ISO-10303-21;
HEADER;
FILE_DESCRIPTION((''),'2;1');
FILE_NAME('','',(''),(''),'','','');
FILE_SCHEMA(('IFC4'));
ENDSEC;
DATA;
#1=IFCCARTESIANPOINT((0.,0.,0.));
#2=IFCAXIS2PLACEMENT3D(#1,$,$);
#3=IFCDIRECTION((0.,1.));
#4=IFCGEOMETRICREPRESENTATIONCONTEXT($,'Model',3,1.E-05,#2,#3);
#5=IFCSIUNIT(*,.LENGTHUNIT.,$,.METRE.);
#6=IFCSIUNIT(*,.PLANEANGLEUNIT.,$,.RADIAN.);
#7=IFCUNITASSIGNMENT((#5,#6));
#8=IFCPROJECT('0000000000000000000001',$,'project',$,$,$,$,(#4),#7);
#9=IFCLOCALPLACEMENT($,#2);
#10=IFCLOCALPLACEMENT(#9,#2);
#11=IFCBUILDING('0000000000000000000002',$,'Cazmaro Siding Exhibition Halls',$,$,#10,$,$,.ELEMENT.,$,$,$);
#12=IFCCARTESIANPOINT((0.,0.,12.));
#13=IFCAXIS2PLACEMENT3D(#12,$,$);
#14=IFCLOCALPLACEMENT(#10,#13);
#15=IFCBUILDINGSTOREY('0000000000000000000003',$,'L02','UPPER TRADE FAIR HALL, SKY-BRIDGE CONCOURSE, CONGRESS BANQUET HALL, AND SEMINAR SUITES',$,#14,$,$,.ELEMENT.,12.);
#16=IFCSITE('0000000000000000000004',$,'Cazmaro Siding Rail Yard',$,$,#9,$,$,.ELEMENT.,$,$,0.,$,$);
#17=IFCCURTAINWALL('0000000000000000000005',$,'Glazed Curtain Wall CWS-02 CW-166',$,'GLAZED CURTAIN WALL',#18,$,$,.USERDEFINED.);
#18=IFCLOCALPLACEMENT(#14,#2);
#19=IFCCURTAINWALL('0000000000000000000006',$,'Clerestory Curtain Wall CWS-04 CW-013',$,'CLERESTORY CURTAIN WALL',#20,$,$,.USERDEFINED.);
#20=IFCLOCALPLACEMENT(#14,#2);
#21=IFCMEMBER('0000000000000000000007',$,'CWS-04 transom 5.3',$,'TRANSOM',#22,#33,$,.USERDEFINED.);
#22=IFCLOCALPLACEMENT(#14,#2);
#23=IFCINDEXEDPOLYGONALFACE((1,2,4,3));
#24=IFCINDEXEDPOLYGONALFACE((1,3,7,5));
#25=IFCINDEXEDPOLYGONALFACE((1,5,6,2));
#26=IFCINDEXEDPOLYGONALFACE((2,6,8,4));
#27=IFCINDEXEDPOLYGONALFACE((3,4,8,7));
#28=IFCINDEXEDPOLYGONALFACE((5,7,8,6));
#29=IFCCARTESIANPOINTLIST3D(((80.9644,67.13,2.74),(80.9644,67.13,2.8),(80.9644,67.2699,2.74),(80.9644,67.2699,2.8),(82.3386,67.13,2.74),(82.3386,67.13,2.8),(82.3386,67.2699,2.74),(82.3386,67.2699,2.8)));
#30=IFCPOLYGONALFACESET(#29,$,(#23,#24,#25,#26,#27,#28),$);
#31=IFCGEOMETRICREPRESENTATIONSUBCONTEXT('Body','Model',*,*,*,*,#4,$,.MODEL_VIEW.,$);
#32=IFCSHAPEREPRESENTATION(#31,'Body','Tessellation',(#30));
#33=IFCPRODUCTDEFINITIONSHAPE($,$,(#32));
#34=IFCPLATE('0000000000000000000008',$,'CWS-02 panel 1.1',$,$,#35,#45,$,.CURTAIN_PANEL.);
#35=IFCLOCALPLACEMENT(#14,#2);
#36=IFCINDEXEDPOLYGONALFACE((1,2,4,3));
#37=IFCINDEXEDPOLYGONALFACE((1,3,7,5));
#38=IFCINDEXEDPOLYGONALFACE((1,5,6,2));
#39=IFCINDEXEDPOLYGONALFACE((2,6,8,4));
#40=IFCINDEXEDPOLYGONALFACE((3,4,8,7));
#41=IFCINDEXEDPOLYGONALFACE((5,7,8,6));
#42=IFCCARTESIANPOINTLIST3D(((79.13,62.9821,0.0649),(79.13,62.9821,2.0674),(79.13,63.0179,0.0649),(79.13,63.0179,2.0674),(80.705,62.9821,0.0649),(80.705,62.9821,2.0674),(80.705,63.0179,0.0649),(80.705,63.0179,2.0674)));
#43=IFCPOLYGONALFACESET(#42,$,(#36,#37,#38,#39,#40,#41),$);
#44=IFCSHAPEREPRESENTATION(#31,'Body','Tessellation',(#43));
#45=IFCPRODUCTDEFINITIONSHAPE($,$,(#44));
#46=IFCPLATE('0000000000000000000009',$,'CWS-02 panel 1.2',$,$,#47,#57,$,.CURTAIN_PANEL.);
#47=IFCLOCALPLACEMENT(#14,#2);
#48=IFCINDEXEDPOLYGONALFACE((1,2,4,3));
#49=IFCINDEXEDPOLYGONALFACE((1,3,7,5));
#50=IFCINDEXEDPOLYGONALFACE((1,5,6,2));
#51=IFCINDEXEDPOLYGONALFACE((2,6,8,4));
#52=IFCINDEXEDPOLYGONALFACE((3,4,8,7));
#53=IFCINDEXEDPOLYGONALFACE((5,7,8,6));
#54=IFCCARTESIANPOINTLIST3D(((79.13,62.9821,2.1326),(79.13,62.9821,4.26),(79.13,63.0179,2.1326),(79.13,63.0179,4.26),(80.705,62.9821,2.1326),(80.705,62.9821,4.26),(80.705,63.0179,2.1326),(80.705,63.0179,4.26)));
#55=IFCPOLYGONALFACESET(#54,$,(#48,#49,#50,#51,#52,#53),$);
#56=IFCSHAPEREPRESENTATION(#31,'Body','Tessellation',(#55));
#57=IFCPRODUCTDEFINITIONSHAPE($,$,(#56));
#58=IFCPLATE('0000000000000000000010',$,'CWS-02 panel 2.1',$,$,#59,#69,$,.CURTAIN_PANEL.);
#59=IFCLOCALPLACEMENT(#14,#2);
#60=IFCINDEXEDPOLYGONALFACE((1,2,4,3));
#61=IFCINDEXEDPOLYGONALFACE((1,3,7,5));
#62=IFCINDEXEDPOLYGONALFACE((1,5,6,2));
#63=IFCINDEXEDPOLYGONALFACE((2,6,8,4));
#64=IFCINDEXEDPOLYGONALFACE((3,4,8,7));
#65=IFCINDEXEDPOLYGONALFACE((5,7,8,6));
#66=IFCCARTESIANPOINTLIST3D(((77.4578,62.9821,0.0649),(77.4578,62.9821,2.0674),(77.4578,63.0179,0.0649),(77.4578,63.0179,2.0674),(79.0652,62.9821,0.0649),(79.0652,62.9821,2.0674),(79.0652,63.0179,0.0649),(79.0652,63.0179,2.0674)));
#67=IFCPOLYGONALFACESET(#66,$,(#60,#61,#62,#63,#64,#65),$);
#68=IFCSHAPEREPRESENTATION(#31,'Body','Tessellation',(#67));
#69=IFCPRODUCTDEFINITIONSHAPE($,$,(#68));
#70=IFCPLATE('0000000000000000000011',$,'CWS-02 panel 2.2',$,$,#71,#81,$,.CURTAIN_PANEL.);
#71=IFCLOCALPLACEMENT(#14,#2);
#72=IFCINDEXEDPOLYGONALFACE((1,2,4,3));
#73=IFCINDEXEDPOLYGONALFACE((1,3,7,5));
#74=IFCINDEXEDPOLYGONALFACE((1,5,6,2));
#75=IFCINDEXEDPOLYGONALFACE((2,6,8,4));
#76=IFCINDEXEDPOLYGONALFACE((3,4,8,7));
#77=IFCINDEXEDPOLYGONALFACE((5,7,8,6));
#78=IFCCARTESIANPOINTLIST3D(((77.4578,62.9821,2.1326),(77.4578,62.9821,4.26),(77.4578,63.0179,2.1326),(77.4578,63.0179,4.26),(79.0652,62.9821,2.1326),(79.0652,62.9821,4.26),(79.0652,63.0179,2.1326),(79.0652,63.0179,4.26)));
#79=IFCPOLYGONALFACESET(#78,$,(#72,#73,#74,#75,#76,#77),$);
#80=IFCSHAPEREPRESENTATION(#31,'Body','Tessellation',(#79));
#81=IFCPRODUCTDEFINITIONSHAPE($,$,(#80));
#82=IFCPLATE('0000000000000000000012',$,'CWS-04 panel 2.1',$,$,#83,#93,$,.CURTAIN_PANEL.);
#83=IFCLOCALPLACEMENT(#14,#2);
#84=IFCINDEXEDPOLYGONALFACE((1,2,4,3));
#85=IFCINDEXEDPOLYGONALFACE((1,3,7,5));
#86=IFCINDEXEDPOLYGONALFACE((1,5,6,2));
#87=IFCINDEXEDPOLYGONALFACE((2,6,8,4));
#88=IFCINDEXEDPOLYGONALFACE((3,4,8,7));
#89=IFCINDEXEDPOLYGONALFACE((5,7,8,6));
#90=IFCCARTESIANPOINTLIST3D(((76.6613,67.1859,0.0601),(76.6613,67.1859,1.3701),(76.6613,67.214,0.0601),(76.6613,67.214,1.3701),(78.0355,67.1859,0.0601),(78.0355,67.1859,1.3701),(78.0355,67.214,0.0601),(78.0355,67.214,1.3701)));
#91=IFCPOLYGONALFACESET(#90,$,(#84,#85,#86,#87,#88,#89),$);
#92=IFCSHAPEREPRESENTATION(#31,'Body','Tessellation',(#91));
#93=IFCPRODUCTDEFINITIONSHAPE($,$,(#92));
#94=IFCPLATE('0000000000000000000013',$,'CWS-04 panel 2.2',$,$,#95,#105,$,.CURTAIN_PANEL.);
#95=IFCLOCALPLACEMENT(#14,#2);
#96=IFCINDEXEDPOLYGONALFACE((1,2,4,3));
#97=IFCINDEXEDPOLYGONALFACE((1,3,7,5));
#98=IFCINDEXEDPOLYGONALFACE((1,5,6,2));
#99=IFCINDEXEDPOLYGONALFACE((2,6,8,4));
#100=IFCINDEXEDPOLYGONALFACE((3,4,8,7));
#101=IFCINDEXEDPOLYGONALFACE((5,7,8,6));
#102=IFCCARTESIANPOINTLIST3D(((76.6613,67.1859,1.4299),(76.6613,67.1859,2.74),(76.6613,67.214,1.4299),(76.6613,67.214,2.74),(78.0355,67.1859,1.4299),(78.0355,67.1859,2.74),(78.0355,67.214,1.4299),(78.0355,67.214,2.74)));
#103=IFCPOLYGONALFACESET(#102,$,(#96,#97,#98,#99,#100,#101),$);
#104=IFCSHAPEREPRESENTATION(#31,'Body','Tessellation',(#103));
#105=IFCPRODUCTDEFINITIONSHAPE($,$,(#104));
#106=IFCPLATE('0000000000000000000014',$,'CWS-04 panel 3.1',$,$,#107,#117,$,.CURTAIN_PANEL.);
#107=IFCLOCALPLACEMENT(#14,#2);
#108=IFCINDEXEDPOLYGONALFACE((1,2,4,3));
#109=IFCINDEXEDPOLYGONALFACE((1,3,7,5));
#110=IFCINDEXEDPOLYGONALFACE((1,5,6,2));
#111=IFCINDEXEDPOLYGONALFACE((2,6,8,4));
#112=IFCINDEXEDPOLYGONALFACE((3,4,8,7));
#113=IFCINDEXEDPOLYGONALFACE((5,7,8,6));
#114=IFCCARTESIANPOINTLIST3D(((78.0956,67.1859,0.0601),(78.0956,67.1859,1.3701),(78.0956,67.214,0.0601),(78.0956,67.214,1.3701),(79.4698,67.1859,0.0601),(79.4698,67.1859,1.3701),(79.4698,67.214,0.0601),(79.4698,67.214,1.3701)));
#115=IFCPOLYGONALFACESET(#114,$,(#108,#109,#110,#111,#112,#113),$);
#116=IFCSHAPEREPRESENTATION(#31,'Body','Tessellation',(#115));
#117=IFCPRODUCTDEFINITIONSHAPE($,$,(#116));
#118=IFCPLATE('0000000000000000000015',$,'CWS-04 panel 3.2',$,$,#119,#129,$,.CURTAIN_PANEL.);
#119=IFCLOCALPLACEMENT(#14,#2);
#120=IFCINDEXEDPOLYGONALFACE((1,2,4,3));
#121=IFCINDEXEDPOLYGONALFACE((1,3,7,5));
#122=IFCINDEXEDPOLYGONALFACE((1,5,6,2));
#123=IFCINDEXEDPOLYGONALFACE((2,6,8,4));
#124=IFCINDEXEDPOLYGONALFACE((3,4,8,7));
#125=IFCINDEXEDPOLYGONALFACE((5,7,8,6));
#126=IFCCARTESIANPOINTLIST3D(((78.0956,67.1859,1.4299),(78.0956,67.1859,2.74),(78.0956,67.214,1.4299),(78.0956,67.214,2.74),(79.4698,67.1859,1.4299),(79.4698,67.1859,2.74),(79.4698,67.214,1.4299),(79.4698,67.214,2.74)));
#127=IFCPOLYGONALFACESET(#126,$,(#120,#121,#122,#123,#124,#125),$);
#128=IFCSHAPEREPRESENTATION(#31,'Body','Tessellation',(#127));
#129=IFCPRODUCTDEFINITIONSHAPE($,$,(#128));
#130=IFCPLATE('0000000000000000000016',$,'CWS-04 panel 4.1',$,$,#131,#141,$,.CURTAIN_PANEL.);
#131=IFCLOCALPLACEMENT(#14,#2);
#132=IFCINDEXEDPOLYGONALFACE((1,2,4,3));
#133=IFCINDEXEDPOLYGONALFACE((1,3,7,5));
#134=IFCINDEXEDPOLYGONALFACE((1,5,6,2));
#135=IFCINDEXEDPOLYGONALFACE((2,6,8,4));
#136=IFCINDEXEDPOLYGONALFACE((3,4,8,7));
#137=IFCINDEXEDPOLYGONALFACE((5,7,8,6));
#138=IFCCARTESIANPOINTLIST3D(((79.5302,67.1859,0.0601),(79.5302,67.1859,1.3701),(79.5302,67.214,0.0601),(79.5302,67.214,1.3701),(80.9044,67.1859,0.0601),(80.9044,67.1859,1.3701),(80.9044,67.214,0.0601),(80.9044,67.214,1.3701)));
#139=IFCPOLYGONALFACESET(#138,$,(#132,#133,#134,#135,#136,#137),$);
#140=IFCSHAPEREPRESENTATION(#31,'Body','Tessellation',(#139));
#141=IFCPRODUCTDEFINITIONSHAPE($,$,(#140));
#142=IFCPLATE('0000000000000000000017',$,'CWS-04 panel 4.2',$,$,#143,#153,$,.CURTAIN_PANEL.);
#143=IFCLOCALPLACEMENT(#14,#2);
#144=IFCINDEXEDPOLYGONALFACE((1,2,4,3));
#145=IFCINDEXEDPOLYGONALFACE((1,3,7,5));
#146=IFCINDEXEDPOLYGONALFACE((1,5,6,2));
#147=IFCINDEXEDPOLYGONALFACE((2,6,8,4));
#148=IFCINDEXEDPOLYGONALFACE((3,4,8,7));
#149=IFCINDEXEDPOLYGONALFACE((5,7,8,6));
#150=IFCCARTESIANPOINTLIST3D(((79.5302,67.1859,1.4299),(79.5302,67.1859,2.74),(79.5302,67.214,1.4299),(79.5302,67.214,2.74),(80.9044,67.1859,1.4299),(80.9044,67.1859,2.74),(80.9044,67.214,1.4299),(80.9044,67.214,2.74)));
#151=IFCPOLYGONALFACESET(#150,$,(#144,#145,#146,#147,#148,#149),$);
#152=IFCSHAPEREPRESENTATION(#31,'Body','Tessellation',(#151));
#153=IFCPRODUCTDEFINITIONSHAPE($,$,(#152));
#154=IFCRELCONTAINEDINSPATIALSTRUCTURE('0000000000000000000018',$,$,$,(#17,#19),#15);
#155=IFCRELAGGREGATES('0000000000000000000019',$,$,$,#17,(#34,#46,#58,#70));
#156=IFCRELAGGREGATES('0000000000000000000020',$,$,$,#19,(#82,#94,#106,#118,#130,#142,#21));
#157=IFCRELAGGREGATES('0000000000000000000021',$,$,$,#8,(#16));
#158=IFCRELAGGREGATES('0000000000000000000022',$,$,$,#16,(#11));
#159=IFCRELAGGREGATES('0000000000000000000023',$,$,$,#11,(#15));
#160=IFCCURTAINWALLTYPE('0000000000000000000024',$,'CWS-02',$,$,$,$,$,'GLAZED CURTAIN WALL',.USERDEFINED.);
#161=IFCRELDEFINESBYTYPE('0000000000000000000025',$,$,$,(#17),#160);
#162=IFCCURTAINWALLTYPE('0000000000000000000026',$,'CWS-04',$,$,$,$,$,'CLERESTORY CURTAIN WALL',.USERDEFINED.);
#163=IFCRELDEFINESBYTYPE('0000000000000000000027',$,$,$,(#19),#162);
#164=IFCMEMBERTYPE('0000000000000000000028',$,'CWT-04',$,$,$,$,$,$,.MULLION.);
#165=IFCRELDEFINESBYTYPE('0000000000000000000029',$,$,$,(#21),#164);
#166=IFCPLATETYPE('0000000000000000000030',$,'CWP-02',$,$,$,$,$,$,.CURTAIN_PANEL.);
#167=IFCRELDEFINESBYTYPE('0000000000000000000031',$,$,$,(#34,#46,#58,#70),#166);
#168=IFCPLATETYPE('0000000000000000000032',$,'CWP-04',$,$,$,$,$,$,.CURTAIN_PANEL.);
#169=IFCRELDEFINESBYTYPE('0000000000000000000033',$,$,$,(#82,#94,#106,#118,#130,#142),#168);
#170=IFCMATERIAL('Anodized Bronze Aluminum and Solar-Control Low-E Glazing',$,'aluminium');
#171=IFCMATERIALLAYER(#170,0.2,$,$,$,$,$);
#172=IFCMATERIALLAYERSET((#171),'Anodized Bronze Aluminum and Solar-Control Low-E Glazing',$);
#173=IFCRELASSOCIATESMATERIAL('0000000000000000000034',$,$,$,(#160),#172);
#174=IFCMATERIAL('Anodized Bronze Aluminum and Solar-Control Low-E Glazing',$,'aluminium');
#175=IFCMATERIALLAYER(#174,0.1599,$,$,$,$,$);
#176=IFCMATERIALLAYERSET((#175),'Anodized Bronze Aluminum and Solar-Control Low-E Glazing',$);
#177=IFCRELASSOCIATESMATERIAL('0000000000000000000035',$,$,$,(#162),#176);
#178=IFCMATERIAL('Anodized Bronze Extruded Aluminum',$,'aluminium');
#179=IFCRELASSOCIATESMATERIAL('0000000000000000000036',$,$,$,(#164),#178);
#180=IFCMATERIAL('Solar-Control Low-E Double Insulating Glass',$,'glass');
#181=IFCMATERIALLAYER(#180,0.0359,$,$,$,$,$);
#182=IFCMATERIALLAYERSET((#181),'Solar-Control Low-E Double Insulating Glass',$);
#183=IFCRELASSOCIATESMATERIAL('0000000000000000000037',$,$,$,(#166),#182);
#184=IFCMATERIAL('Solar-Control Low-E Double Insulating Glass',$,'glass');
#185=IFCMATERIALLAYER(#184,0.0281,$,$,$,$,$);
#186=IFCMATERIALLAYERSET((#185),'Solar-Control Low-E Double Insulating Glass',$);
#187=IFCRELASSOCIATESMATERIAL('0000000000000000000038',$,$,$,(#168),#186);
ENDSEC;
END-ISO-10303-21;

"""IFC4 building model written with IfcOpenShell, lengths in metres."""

from ifc_helpers import new_model, si_unit, direction, frame, origin, origin_2d, place, context, subcontext, project, spatial, rectangle, extrude, material, layer, layer_set, material_profile, profile_set, type_object, element, aggregate, save


model = new_model("IFC4")

# Units and contexts
model_context = context("Model", 3, precision=1e-05, world=origin(), true_north=direction((0.0, 1.0)))
body_context = subcontext(model_context, "Body", "Model", "MODEL_VIEW")
ifc_project = project(units=[si_unit("LENGTHUNIT", "METRE"), si_unit("PLANEANGLEUNIT", "RADIAN")], contexts=[model_context])

# Site, building, storey
site_placement = place(None, origin())
site = spatial("IfcSite", under=ifc_project, at=site_placement, Name="Cazmaro Siding Rail Yard", CompositionType="ELEMENT", RefElevation=0.0)
building_placement = place(site_placement, origin())
building = spatial("IfcBuilding", under=site, at=building_placement, Name="Cazmaro Siding Exhibition Halls", CompositionType="ELEMENT")
storey_placement = place(building_placement, frame((0.0, 0.0, 12.0)))
storey = spatial("IfcBuildingStorey", under=building, at=storey_placement, Name="L02", Description="UPPER TRADE FAIR HALL, SKY-BRIDGE CONCOURSE, CONGRESS BANQUET HALL, AND SEMINAR SUITES", CompositionType="ELEMENT", Elevation=12.0)

# Curtain walls
ifc_material_1 = material(Name="Anodized Bronze Aluminum and Solar-Control Low-E Glazing", Category="aluminium")
ifc_layer_1 = layer(ifc_material_1, 0.2)
ifc_layer_set_1 = layer_set([ifc_layer_1], Name="Anodized Bronze Aluminum and Solar-Control Low-E Glazing")
curtain_wall_type_1 = type_object("IfcCurtainWallType", Name="CWS-02", ElementType="GLAZED CURTAIN WALL", PredefinedType="USERDEFINED", material=ifc_layer_set_1)
curtain_wall_1_placement = place(storey_placement, origin())
curtain_wall_1 = element("IfcCurtainWall", 1, at=curtain_wall_1_placement, inside=storey, type_object=curtain_wall_type_1, Name="Glazed Curtain Wall CWS-02 CW-166", ObjectType="GLAZED CURTAIN WALL", PredefinedType="USERDEFINED")
ifc_material_2 = material(Name="Anodized Bronze Aluminum and Solar-Control Low-E Glazing", Category="aluminium")
ifc_layer_2 = layer(ifc_material_2, 0.1599)
ifc_layer_set_2 = layer_set([ifc_layer_2], Name="Anodized Bronze Aluminum and Solar-Control Low-E Glazing")
curtain_wall_type_2 = type_object("IfcCurtainWallType", Name="CWS-04", ElementType="CLERESTORY CURTAIN WALL", PredefinedType="USERDEFINED", material=ifc_layer_set_2)
curtain_wall_2_placement = place(storey_placement, origin())
curtain_wall_2 = element("IfcCurtainWall", 2, at=curtain_wall_2_placement, inside=storey, type_object=curtain_wall_type_2, Name="Clerestory Curtain Wall CWS-04 CW-013", ObjectType="CLERESTORY CURTAIN WALL", PredefinedType="USERDEFINED")

# Member
ifc_material_3 = material(Name="Anodized Bronze Extruded Aluminum", Category="aluminium")
ifc_material_profile_1 = material_profile(ifc_material_3, rectangle(XDim=0.1399, YDim=0.0601, at=origin_2d()), Name="CWT-04")
ifc_profile_set_1 = profile_set([ifc_material_profile_1], Name="Anodized Bronze Extruded Aluminum")
member_type_1 = type_object("IfcMemberType", Name="CWT-04", PredefinedType="MULLION", material=ifc_profile_set_1)
member_1_placement = place(storey_placement, frame((80.9644, 67.2, 2.77), z_axis=(1.0, 0.0, 0.0), x_axis=(0.0, 1.0, 0.0)))
member_1 = element("IfcMember", 3, at=member_1_placement, type_object=member_type_1, Name="CWS-04 transom 5.3", ObjectType="TRANSOM", PredefinedType="USERDEFINED", context=body_context, shape_type="SweptSolid", body=[
    extrude(rectangle(XDim=0.1399, YDim=0.0601, at=origin_2d()), origin(), (0.0, 0.0, 1.0), 1.3743),
])

# Plates
ifc_material_4 = material(Name="Solar-Control Low-E Double Insulating Glass", Category="glass")
ifc_layer_3 = layer(ifc_material_4, 0.0359)
ifc_layer_set_3 = layer_set([ifc_layer_3], Name="Solar-Control Low-E Double Insulating Glass")
plate_type_1 = type_object("IfcPlateType", Name="CWP-02", PredefinedType="CURTAIN_PANEL", material=ifc_layer_set_3)
plate_1_placement = place(storey_placement, frame((79.9175, 63.0, 0.0649), z_axis=(0.0, 0.0, 1.0), x_axis=(-1.0, 0.0, 0.0)))
plate_1 = element("IfcPlate", 4, at=plate_1_placement, type_object=plate_type_1, Name="CWS-02 panel 1.1", PredefinedType="CURTAIN_PANEL", context=body_context, shape_type="SweptSolid", body=[
    extrude(rectangle(XDim=1.575, YDim=0.0359, at=origin_2d()), origin(), (0.0, 0.0, 1.0), 2.0024),
])
plate_2_placement = place(storey_placement, frame((79.9175, 63.0, 2.1326), z_axis=(0.0, 0.0, 1.0), x_axis=(-1.0, 0.0, 0.0)))
plate_2 = element("IfcPlate", 5, at=plate_2_placement, type_object=plate_type_1, Name="CWS-02 panel 1.2", PredefinedType="CURTAIN_PANEL", context=body_context, shape_type="SweptSolid", body=[
    extrude(rectangle(XDim=1.575, YDim=0.0359, at=origin_2d()), origin(), (0.0, 0.0, 1.0), 2.1274),
])
plate_3_placement = place(storey_placement, frame((78.2615, 63.0, 0.0649), z_axis=(0.0, 0.0, 1.0), x_axis=(-1.0, 0.0, 0.0)))
plate_3 = element("IfcPlate", 6, at=plate_3_placement, type_object=plate_type_1, Name="CWS-02 panel 2.1", PredefinedType="CURTAIN_PANEL", context=body_context, shape_type="SweptSolid", body=[
    extrude(rectangle(XDim=1.6074, YDim=0.0359, at=origin_2d()), origin(), (0.0, 0.0, 1.0), 2.0024),
])
plate_4_placement = place(storey_placement, frame((78.2615, 63.0, 2.1326), z_axis=(0.0, 0.0, 1.0), x_axis=(-1.0, 0.0, 0.0)))
plate_4 = element("IfcPlate", 7, at=plate_4_placement, type_object=plate_type_1, Name="CWS-02 panel 2.2", PredefinedType="CURTAIN_PANEL", context=body_context, shape_type="SweptSolid", body=[
    extrude(rectangle(XDim=1.6074, YDim=0.0359, at=origin_2d()), origin(), (0.0, 0.0, 1.0), 2.1274),
])
aggregate(curtain_wall_1, [plate_1, plate_2, plate_3, plate_4])
ifc_material_5 = material(Name="Solar-Control Low-E Double Insulating Glass", Category="glass")
ifc_layer_4 = layer(ifc_material_5, 0.0281)
ifc_layer_set_4 = layer_set([ifc_layer_4], Name="Solar-Control Low-E Double Insulating Glass")
plate_type_2 = type_object("IfcPlateType", Name="CWP-04", PredefinedType="CURTAIN_PANEL", material=ifc_layer_set_4)
plate_5_placement = place(storey_placement, frame((77.3484, 67.2, 0.0601), z_axis=(0.0, 0.0, 1.0), x_axis=(1.0, 0.0, 0.0)))
plate_5 = element("IfcPlate", 8, at=plate_5_placement, type_object=plate_type_2, Name="CWS-04 panel 2.1", PredefinedType="CURTAIN_PANEL", context=body_context, shape_type="SweptSolid", body=[
    extrude(rectangle(XDim=1.3743, YDim=0.0281, at=origin_2d()), origin(), (0.0, 0.0, 1.0), 1.3101),
])
plate_6_placement = place(storey_placement, frame((77.3484, 67.2, 1.4299), z_axis=(0.0, 0.0, 1.0), x_axis=(1.0, 0.0, 0.0)))
plate_6 = element("IfcPlate", 9, at=plate_6_placement, type_object=plate_type_2, Name="CWS-04 panel 2.2", PredefinedType="CURTAIN_PANEL", context=body_context, shape_type="SweptSolid", body=[
    extrude(rectangle(XDim=1.3743, YDim=0.0281, at=origin_2d()), origin(), (0.0, 0.0, 1.0), 1.3101),
])
plate_7_placement = place(storey_placement, frame((78.7827, 67.2, 0.0601), z_axis=(0.0, 0.0, 1.0), x_axis=(1.0, 0.0, 0.0)))
plate_7 = element("IfcPlate", 10, at=plate_7_placement, type_object=plate_type_2, Name="CWS-04 panel 3.1", PredefinedType="CURTAIN_PANEL", context=body_context, shape_type="SweptSolid", body=[
    extrude(rectangle(XDim=1.3743, YDim=0.0281, at=origin_2d()), origin(), (0.0, 0.0, 1.0), 1.3101),
])
plate_8_placement = place(storey_placement, frame((78.7827, 67.2, 1.4299), z_axis=(0.0, 0.0, 1.0), x_axis=(1.0, 0.0, 0.0)))
plate_8 = element("IfcPlate", 11, at=plate_8_placement, type_object=plate_type_2, Name="CWS-04 panel 3.2", PredefinedType="CURTAIN_PANEL", context=body_context, shape_type="SweptSolid", body=[
    extrude(rectangle(XDim=1.3743, YDim=0.0281, at=origin_2d()), origin(), (0.0, 0.0, 1.0), 1.3101),
])
plate_9_placement = place(storey_placement, frame((80.2173, 67.2, 0.0601), z_axis=(0.0, 0.0, 1.0), x_axis=(1.0, 0.0, 0.0)))
plate_9 = element("IfcPlate", 12, at=plate_9_placement, type_object=plate_type_2, Name="CWS-04 panel 4.1", PredefinedType="CURTAIN_PANEL", context=body_context, shape_type="SweptSolid", body=[
    extrude(rectangle(XDim=1.3743, YDim=0.0281, at=origin_2d()), origin(), (0.0, 0.0, 1.0), 1.3101),
])
plate_10_placement = place(storey_placement, frame((80.2173, 67.2, 1.4299), z_axis=(0.0, 0.0, 1.0), x_axis=(1.0, 0.0, 0.0)))
plate_10 = element("IfcPlate", 13, at=plate_10_placement, type_object=plate_type_2, Name="CWS-04 panel 4.2", PredefinedType="CURTAIN_PANEL", context=body_context, shape_type="SweptSolid", body=[
    extrude(rectangle(XDim=1.3743, YDim=0.0281, at=origin_2d()), origin(), (0.0, 0.0, 1.0), 1.3101),
])
aggregate(curtain_wall_2, [plate_5, plate_6, plate_7, plate_8, plate_9, plate_10, member_1])

save(model, "model.ifc")
